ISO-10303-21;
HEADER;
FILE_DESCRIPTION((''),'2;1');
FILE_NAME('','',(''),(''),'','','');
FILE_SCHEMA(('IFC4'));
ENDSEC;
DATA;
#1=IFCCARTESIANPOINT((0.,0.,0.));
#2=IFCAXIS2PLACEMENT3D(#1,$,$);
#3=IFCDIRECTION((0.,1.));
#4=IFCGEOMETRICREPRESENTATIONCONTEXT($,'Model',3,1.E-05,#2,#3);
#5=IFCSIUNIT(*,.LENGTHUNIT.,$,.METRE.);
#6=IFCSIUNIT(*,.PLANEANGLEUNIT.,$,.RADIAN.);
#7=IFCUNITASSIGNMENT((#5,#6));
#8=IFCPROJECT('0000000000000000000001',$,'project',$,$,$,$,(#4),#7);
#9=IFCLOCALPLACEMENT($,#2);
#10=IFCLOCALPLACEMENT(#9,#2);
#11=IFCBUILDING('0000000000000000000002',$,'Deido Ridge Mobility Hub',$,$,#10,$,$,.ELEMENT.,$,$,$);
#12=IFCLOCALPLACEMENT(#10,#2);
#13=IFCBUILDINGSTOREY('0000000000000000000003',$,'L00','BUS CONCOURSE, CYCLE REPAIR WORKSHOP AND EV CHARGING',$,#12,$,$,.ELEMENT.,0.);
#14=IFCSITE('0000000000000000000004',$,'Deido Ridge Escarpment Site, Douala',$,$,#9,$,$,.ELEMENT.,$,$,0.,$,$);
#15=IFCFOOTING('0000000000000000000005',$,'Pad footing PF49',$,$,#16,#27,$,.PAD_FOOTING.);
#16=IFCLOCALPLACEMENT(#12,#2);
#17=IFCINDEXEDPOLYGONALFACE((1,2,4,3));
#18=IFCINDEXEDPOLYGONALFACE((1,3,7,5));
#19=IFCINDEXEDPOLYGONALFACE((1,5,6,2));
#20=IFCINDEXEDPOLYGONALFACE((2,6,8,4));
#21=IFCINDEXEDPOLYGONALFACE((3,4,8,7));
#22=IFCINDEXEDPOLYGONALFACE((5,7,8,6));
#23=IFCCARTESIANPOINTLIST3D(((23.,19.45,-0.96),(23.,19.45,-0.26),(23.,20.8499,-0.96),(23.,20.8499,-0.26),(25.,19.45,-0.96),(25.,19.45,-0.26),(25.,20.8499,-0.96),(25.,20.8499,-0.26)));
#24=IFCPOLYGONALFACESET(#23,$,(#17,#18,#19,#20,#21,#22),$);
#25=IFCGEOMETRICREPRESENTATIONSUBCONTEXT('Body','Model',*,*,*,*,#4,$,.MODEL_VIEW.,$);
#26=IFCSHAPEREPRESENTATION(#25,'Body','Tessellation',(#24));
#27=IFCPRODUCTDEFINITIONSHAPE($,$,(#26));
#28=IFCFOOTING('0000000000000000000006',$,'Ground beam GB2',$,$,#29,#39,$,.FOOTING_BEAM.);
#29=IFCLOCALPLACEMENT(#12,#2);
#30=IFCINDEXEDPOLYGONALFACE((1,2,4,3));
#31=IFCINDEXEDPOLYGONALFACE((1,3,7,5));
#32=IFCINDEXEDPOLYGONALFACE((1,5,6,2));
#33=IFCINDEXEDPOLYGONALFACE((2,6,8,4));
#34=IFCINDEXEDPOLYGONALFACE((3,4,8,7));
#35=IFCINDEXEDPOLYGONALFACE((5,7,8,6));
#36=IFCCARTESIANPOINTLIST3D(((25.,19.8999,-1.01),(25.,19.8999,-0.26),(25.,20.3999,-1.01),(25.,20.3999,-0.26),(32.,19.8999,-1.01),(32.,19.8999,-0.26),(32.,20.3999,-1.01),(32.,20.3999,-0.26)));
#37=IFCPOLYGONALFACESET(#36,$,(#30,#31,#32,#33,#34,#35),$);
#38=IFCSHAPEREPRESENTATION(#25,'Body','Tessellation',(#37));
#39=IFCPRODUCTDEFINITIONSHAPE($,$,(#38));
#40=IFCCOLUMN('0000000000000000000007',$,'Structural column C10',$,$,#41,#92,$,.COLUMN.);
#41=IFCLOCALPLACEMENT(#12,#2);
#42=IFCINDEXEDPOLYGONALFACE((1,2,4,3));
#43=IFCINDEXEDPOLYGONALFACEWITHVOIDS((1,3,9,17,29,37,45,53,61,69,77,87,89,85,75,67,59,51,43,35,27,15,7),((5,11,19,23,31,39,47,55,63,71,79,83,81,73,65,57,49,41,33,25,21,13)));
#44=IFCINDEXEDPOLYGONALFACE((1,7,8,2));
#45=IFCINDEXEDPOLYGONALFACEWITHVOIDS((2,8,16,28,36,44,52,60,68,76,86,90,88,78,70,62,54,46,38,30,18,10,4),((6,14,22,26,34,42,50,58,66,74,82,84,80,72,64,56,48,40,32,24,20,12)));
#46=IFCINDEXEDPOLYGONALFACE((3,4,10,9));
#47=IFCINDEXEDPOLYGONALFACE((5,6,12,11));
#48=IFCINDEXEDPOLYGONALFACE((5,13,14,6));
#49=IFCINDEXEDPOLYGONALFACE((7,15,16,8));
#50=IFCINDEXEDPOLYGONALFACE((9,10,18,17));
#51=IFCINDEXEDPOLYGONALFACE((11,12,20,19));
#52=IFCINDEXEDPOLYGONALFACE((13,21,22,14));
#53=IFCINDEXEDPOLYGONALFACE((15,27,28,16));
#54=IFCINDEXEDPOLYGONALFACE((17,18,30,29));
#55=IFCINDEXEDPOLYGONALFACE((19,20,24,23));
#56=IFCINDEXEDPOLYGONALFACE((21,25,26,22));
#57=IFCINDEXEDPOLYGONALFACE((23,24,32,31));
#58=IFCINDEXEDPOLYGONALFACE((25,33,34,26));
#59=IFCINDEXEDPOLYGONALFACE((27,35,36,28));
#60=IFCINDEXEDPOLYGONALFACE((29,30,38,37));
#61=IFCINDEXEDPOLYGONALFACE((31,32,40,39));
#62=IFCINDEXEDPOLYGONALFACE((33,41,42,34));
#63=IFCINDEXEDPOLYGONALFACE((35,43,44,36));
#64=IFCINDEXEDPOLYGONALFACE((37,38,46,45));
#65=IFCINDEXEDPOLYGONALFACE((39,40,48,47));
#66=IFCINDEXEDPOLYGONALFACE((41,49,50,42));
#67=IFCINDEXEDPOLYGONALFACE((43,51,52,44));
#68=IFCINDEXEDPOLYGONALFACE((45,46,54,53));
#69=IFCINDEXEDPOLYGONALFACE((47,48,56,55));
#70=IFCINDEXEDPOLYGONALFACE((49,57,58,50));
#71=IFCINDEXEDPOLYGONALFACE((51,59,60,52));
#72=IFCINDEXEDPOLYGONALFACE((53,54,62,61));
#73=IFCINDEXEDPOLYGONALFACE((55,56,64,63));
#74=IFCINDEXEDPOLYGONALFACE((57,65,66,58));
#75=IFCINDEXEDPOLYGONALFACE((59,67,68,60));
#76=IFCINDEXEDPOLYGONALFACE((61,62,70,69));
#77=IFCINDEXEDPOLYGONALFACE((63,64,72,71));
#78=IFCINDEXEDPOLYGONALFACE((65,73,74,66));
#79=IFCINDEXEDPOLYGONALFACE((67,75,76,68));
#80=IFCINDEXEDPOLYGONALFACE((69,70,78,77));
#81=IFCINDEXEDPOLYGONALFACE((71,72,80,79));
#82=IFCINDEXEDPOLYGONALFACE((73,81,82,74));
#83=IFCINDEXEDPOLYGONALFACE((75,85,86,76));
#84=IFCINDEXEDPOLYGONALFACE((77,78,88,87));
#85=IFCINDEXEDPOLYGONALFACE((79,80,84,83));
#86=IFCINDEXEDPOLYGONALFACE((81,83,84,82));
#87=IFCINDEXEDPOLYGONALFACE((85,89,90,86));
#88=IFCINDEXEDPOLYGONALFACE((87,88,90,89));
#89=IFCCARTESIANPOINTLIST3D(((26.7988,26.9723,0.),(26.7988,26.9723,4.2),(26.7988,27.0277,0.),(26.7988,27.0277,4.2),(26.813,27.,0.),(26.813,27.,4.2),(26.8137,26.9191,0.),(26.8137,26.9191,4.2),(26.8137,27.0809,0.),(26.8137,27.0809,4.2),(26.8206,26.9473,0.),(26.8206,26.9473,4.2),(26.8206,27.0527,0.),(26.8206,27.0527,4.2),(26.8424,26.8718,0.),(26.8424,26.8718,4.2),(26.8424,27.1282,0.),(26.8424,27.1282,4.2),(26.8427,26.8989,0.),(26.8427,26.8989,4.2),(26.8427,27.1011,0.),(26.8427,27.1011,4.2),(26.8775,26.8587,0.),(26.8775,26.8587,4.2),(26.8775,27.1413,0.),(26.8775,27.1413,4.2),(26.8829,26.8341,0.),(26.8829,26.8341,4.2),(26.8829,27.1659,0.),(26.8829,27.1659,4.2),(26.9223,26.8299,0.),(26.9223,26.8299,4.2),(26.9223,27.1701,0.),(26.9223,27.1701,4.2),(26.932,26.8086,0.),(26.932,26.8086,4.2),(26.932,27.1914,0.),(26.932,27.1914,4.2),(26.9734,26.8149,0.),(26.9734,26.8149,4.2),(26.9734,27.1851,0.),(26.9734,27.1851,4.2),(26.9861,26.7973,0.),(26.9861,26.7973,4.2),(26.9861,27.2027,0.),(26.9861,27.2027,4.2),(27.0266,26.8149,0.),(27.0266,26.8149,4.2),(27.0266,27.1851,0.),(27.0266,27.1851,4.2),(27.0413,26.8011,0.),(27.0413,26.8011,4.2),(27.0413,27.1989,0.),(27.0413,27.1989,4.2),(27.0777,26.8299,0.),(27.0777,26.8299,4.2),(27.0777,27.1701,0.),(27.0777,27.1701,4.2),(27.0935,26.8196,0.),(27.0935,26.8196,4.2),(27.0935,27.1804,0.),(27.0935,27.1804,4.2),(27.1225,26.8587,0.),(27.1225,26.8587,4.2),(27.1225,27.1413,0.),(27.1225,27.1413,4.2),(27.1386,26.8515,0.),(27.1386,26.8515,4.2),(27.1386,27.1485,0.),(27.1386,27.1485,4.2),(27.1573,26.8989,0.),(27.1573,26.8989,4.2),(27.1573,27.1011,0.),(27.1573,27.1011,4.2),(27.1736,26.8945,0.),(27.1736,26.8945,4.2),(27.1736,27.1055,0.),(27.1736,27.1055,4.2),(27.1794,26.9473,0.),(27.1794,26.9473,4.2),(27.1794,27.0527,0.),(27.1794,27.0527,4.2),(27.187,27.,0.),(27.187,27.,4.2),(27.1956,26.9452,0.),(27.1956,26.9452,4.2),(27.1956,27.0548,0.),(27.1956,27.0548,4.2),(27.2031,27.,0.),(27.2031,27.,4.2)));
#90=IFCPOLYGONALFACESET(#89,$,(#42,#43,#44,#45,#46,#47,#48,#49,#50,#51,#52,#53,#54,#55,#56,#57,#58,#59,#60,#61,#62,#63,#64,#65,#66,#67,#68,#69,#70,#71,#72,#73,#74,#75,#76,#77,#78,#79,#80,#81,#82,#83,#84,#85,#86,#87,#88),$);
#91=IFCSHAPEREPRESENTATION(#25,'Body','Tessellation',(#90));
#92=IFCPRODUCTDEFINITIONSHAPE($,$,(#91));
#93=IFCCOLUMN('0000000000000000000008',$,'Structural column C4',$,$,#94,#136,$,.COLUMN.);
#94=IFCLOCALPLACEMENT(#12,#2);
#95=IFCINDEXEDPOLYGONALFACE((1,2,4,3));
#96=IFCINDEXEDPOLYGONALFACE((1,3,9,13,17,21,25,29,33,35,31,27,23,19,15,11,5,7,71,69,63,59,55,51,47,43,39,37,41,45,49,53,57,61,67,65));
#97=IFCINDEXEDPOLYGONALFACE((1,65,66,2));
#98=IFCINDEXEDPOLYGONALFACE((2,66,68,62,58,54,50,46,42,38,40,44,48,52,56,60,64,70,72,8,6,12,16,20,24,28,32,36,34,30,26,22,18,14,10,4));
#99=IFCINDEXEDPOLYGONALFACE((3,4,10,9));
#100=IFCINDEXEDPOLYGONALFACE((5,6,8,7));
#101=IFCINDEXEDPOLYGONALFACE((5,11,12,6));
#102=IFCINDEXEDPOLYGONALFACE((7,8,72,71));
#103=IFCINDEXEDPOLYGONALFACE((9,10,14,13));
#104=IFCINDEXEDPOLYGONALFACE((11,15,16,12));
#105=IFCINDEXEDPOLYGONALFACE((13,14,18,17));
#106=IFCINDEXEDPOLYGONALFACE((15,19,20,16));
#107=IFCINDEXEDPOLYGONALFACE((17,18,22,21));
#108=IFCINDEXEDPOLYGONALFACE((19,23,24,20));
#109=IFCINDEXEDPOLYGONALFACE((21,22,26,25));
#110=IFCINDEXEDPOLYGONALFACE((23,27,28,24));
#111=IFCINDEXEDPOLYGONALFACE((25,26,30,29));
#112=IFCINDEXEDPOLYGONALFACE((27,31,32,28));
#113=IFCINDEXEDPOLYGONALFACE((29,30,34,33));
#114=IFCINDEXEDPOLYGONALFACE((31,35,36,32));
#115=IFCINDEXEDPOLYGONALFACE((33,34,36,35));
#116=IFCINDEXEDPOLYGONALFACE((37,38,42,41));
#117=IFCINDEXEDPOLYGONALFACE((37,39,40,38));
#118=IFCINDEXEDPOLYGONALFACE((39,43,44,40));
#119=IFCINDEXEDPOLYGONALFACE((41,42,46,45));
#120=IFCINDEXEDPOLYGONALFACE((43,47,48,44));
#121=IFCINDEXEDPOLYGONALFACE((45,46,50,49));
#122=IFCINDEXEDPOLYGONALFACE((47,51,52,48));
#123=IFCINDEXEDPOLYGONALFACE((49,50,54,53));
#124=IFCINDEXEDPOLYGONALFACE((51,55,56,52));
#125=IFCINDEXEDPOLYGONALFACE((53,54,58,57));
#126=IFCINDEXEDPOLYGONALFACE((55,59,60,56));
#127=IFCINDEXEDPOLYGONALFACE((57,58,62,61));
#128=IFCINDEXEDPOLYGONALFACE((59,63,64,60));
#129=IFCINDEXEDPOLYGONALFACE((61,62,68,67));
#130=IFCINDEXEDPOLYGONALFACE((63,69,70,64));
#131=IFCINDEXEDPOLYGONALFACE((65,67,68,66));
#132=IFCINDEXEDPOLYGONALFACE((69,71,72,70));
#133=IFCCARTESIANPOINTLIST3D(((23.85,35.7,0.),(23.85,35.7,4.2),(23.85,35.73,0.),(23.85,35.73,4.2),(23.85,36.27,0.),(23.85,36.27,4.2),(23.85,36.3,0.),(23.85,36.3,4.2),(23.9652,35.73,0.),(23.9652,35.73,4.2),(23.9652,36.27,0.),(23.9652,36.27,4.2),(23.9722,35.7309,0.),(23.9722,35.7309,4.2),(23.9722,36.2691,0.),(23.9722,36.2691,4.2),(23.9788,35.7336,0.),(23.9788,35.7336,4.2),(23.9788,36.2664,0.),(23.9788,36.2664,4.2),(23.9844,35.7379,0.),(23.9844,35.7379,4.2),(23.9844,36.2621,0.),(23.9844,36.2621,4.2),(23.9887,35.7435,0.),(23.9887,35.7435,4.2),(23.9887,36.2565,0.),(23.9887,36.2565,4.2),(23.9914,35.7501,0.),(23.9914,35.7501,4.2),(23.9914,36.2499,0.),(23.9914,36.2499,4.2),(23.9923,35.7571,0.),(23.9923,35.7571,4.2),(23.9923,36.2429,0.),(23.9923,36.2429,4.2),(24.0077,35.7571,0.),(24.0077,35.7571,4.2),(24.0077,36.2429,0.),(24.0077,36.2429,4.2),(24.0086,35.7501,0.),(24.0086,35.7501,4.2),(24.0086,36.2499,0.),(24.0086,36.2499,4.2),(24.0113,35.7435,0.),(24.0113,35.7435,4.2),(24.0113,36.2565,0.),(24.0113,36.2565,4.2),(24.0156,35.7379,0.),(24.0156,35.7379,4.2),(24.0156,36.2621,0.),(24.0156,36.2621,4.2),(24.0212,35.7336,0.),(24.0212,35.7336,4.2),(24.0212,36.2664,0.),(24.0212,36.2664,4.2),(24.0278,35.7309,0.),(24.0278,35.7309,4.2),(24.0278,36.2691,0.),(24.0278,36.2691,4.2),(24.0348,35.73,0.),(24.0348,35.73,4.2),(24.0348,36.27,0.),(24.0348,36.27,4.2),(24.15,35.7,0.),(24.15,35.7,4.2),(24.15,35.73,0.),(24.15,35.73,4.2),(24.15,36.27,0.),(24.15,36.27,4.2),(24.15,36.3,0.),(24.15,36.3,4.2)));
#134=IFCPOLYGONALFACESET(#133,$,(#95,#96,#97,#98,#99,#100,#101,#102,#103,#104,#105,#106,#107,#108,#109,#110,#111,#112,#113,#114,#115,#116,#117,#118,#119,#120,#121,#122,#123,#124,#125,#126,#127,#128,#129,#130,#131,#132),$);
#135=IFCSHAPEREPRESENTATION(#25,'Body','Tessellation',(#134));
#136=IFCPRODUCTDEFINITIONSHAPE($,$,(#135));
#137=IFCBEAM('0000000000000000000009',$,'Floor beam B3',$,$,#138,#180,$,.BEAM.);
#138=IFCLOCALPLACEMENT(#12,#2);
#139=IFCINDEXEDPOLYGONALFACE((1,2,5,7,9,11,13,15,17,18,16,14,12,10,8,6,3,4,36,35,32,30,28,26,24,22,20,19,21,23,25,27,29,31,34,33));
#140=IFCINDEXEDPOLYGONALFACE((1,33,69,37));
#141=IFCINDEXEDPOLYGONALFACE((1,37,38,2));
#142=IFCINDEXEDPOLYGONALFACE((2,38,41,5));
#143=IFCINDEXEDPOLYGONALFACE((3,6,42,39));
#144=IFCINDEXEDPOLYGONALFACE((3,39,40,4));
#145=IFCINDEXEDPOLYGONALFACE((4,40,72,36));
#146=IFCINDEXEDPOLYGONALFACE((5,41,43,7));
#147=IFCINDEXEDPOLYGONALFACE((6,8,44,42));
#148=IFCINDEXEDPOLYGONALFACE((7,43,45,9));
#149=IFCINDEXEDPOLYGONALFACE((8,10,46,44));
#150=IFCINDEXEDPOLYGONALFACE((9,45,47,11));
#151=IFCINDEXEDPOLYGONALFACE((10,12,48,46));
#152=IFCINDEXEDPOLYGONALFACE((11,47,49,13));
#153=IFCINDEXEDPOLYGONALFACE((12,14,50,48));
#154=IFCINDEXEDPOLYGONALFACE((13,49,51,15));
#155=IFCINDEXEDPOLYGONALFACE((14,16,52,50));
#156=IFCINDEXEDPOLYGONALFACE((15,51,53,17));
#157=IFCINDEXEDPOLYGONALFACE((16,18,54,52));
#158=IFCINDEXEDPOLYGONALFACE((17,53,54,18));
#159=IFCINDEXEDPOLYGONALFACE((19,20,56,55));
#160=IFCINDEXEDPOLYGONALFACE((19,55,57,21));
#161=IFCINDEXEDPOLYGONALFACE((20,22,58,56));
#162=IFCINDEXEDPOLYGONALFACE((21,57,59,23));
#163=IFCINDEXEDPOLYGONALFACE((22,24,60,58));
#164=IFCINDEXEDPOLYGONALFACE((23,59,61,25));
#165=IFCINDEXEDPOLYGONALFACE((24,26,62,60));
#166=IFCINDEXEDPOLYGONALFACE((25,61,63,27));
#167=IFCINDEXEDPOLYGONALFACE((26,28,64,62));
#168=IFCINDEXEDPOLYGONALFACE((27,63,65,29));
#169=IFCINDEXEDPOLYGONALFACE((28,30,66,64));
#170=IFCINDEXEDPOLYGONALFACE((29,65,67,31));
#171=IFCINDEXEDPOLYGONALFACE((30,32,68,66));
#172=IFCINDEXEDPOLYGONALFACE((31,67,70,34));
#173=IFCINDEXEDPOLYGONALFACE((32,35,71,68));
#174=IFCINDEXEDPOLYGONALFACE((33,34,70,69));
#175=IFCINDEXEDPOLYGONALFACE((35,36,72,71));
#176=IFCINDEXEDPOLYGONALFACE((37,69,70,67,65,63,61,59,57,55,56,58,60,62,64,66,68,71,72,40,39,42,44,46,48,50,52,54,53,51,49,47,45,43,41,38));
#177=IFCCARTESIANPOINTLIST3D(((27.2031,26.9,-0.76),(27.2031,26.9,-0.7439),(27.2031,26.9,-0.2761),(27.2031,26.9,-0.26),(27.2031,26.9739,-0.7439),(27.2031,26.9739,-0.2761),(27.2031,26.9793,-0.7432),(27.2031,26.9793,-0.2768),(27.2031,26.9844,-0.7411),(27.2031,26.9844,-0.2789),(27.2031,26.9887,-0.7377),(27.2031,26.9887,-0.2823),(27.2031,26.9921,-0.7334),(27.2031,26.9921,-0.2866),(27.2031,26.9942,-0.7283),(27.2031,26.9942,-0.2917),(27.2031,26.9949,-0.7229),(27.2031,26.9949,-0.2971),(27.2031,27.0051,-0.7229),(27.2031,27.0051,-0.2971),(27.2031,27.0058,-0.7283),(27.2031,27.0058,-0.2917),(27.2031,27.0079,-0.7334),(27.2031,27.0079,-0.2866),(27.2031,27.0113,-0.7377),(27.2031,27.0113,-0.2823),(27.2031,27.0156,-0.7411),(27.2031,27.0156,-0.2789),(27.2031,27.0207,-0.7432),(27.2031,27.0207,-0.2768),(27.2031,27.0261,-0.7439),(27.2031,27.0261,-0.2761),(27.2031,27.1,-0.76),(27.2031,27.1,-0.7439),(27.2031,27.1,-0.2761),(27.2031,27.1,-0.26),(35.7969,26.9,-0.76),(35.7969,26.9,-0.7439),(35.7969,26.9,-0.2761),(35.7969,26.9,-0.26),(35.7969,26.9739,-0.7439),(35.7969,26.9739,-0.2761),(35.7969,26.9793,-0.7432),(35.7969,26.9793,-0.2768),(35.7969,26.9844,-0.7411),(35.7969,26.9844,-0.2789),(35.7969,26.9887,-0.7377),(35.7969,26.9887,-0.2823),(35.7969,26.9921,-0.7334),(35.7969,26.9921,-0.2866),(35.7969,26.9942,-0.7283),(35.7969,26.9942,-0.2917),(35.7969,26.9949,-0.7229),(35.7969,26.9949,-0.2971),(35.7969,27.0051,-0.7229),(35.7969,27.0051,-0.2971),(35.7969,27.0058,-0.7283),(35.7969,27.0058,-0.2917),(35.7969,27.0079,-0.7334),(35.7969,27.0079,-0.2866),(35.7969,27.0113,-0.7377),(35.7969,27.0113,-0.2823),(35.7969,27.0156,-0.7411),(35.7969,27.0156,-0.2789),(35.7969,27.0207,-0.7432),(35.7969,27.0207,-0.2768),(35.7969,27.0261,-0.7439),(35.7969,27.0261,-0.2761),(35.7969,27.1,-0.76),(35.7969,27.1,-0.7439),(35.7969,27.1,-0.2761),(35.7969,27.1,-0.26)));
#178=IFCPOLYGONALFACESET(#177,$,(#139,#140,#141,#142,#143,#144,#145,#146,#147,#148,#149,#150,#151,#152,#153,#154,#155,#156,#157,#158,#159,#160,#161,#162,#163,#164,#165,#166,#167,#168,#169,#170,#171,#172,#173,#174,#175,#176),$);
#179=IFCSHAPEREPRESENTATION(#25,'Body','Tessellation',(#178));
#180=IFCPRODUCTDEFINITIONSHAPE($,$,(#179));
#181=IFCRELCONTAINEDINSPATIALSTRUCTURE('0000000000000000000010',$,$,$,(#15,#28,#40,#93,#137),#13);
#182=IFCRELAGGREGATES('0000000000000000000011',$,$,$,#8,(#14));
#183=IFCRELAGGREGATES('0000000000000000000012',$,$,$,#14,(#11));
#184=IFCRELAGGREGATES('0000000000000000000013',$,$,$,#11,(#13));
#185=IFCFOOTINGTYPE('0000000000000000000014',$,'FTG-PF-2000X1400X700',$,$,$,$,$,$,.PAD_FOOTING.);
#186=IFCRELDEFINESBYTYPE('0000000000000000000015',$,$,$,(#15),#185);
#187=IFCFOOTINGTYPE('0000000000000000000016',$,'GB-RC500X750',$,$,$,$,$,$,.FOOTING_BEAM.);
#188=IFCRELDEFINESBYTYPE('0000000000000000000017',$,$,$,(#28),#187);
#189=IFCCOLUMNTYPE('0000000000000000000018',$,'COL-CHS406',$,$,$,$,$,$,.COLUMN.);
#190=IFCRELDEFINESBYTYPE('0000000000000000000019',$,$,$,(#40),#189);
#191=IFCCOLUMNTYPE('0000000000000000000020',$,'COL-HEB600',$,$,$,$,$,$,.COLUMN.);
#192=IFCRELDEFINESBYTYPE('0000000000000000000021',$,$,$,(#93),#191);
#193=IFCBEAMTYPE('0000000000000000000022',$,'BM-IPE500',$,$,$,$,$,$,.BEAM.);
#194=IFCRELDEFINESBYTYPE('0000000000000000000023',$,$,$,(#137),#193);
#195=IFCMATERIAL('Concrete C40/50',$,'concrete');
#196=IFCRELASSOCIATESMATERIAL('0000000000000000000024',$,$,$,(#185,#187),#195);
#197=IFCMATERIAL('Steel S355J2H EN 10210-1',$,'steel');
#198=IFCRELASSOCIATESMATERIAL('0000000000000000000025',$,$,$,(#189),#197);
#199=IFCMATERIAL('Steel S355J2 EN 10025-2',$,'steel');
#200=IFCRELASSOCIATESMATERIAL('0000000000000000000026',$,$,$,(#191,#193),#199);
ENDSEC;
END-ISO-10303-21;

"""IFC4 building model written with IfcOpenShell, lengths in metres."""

from ifc_helpers import new_model, si_unit, direction, frame, origin, origin_2d, place, context, subcontext, project, spatial, rectangle, hollow_circle, i_section, extrude, material, material_profile, profile_set, type_object, element, save


model = new_model("IFC4")

# Units and contexts
model_context = context("Model", 3, precision=1e-05, world=origin(), true_north=direction((0.0, 1.0)))
body_context = subcontext(model_context, "Body", "Model", "MODEL_VIEW")
ifc_project = project(units=[si_unit("LENGTHUNIT", "METRE"), si_unit("PLANEANGLEUNIT", "RADIAN")], contexts=[model_context])

# Site, building, storey
site_placement = place(None, origin())
site = spatial("IfcSite", under=ifc_project, at=site_placement, Name="Deido Ridge Escarpment Site, Douala", CompositionType="ELEMENT", RefElevation=0.0)
building_placement = place(site_placement, origin())
building = spatial("IfcBuilding", under=site, at=building_placement, Name="Deido Ridge Mobility Hub", CompositionType="ELEMENT")
storey_placement = place(building_placement, origin())
storey = spatial("IfcBuildingStorey", under=building, at=storey_placement, Name="L00", Description="BUS CONCOURSE, CYCLE REPAIR WORKSHOP AND EV CHARGING", CompositionType="ELEMENT", Elevation=0.0)

# Footings
ifc_material_1 = material(Name="Concrete C40/50", Category="concrete")
footing_type_1 = type_object("IfcFootingType", Name="FTG-PF-2000X1400X700", PredefinedType="PAD_FOOTING", material=ifc_material_1)
footing_1_placement = place(storey_placement, frame((24.0, 20.1499, -0.96), z_axis=(0.0, 0.0, 1.0), x_axis=(1.0, 0.0, 0.0)))
element("IfcFooting", 1, at=footing_1_placement, inside=storey, type_object=footing_type_1, Name="Pad footing PF49", PredefinedType="PAD_FOOTING", context=body_context, shape_type="SweptSolid", body=[
    extrude(rectangle(XDim=2.0, YDim=1.3999, at=origin_2d()), origin(), (0.0, 0.0, 1.0), 0.7),
])
ifc_material_profile_1 = material_profile(ifc_material_1, rectangle(XDim=0.5, YDim=0.75, at=origin_2d()), Name="RC GB 500x750")
ifc_profile_set_1 = profile_set([ifc_material_profile_1], Name="Concrete C40/50")
footing_type_2 = type_object("IfcFootingType", Name="GB-RC500X750", PredefinedType="FOOTING_BEAM", material=ifc_profile_set_1)
footing_2_placement = place(storey_placement, frame((25.0, 20.1499, -0.635), z_axis=(1.0, 0.0, 0.0), x_axis=(0.0, 1.0, 0.0)))
element("IfcFooting", 2, at=footing_2_placement, inside=storey, type_object=footing_type_2, Name="Ground beam GB2", PredefinedType="FOOTING_BEAM", context=body_context, shape_type="SweptSolid", body=[
    extrude(rectangle(XDim=0.5, YDim=0.75, at=origin_2d()), origin(), (0.0, 0.0, 1.0), 7.0),
])

# Columns
ifc_material_2 = material(Name="Steel S355J2H EN 10210-1", Category="steel")
ifc_material_profile_2 = material_profile(ifc_material_2, hollow_circle(Radius=0.2031, WallThickness=0.0161, at=origin_2d()), Name="CHS 406.4x16")
ifc_profile_set_2 = profile_set([ifc_material_profile_2], Name="Steel S355J2H EN 10210-1")
column_type_1 = type_object("IfcColumnType", Name="COL-CHS406", PredefinedType="COLUMN", material=ifc_profile_set_2)
column_1_placement = place(storey_placement, frame((27.0, 27.0, 0.0), z_axis=(0.0, 0.0, 1.0), x_axis=(1.0, 0.0, 0.0)))
element("IfcColumn", 3, at=column_1_placement, inside=storey, type_object=column_type_1, Name="Structural column C10", PredefinedType="COLUMN", context=body_context, shape_type="SweptSolid", body=[
    extrude(hollow_circle(Radius=0.2031, WallThickness=0.0161, at=origin_2d()), origin(), (0.0, 0.0, 1.0), 4.2),
])
ifc_material_3 = material(Name="Steel S355J2 EN 10025-2", Category="steel")
ifc_material_profile_3 = material_profile(ifc_material_3, i_section(OverallWidth=0.3, OverallDepth=0.6001, WebThickness=0.0154, FlangeThickness=0.03, FilletRadius=0.0271, at=origin_2d()), Name="HEB 600")
ifc_profile_set_3 = profile_set([ifc_material_profile_3], Name="Steel S355J2 EN 10025-2")
column_type_2 = type_object("IfcColumnType", Name="COL-HEB600", PredefinedType="COLUMN", material=ifc_profile_set_3)
column_2_placement = place(storey_placement, frame((24.0, 36.0, 0.0), z_axis=(0.0, 0.0, 1.0), x_axis=(1.0, 0.0, 0.0)))
element("IfcColumn", 4, at=column_2_placement, inside=storey, type_object=column_type_2, Name="Structural column C4", PredefinedType="COLUMN", context=body_context, shape_type="SweptSolid", body=[
    extrude(i_section(OverallWidth=0.3, OverallDepth=0.6001, WebThickness=0.0154, FlangeThickness=0.03, FilletRadius=0.0271, at=origin_2d()), origin(), (0.0, 0.0, 1.0), 4.2),
])

# Beam
ifc_material_profile_4 = material_profile(ifc_material_3, i_section(OverallWidth=0.2, OverallDepth=0.5, WebThickness=0.0103, FlangeThickness=0.0161, FilletRadius=0.021, at=origin_2d()), Name="IPE 500")
ifc_profile_set_4 = profile_set([ifc_material_profile_4], Name="Steel S355J2 EN 10025-2")
beam_type_1 = type_object("IfcBeamType", Name="BM-IPE500", PredefinedType="BEAM", material=ifc_profile_set_4)
beam_1_placement = place(storey_placement, frame((27.2031, 27.0, -0.51), z_axis=(1.0, 0.0, 0.0), x_axis=(0.0, 1.0, 0.0)))
element("IfcBeam", 5, at=beam_1_placement, inside=storey, type_object=beam_type_1, Name="Floor beam B3", PredefinedType="BEAM", context=body_context, shape_type="SweptSolid", body=[
    extrude(i_section(OverallWidth=0.2, OverallDepth=0.5, WebThickness=0.0103, FlangeThickness=0.0161, FilletRadius=0.021, at=origin_2d()), origin(), (0.0, 0.0, 1.0), 8.5938),
])

save(model, "model.ifc")
